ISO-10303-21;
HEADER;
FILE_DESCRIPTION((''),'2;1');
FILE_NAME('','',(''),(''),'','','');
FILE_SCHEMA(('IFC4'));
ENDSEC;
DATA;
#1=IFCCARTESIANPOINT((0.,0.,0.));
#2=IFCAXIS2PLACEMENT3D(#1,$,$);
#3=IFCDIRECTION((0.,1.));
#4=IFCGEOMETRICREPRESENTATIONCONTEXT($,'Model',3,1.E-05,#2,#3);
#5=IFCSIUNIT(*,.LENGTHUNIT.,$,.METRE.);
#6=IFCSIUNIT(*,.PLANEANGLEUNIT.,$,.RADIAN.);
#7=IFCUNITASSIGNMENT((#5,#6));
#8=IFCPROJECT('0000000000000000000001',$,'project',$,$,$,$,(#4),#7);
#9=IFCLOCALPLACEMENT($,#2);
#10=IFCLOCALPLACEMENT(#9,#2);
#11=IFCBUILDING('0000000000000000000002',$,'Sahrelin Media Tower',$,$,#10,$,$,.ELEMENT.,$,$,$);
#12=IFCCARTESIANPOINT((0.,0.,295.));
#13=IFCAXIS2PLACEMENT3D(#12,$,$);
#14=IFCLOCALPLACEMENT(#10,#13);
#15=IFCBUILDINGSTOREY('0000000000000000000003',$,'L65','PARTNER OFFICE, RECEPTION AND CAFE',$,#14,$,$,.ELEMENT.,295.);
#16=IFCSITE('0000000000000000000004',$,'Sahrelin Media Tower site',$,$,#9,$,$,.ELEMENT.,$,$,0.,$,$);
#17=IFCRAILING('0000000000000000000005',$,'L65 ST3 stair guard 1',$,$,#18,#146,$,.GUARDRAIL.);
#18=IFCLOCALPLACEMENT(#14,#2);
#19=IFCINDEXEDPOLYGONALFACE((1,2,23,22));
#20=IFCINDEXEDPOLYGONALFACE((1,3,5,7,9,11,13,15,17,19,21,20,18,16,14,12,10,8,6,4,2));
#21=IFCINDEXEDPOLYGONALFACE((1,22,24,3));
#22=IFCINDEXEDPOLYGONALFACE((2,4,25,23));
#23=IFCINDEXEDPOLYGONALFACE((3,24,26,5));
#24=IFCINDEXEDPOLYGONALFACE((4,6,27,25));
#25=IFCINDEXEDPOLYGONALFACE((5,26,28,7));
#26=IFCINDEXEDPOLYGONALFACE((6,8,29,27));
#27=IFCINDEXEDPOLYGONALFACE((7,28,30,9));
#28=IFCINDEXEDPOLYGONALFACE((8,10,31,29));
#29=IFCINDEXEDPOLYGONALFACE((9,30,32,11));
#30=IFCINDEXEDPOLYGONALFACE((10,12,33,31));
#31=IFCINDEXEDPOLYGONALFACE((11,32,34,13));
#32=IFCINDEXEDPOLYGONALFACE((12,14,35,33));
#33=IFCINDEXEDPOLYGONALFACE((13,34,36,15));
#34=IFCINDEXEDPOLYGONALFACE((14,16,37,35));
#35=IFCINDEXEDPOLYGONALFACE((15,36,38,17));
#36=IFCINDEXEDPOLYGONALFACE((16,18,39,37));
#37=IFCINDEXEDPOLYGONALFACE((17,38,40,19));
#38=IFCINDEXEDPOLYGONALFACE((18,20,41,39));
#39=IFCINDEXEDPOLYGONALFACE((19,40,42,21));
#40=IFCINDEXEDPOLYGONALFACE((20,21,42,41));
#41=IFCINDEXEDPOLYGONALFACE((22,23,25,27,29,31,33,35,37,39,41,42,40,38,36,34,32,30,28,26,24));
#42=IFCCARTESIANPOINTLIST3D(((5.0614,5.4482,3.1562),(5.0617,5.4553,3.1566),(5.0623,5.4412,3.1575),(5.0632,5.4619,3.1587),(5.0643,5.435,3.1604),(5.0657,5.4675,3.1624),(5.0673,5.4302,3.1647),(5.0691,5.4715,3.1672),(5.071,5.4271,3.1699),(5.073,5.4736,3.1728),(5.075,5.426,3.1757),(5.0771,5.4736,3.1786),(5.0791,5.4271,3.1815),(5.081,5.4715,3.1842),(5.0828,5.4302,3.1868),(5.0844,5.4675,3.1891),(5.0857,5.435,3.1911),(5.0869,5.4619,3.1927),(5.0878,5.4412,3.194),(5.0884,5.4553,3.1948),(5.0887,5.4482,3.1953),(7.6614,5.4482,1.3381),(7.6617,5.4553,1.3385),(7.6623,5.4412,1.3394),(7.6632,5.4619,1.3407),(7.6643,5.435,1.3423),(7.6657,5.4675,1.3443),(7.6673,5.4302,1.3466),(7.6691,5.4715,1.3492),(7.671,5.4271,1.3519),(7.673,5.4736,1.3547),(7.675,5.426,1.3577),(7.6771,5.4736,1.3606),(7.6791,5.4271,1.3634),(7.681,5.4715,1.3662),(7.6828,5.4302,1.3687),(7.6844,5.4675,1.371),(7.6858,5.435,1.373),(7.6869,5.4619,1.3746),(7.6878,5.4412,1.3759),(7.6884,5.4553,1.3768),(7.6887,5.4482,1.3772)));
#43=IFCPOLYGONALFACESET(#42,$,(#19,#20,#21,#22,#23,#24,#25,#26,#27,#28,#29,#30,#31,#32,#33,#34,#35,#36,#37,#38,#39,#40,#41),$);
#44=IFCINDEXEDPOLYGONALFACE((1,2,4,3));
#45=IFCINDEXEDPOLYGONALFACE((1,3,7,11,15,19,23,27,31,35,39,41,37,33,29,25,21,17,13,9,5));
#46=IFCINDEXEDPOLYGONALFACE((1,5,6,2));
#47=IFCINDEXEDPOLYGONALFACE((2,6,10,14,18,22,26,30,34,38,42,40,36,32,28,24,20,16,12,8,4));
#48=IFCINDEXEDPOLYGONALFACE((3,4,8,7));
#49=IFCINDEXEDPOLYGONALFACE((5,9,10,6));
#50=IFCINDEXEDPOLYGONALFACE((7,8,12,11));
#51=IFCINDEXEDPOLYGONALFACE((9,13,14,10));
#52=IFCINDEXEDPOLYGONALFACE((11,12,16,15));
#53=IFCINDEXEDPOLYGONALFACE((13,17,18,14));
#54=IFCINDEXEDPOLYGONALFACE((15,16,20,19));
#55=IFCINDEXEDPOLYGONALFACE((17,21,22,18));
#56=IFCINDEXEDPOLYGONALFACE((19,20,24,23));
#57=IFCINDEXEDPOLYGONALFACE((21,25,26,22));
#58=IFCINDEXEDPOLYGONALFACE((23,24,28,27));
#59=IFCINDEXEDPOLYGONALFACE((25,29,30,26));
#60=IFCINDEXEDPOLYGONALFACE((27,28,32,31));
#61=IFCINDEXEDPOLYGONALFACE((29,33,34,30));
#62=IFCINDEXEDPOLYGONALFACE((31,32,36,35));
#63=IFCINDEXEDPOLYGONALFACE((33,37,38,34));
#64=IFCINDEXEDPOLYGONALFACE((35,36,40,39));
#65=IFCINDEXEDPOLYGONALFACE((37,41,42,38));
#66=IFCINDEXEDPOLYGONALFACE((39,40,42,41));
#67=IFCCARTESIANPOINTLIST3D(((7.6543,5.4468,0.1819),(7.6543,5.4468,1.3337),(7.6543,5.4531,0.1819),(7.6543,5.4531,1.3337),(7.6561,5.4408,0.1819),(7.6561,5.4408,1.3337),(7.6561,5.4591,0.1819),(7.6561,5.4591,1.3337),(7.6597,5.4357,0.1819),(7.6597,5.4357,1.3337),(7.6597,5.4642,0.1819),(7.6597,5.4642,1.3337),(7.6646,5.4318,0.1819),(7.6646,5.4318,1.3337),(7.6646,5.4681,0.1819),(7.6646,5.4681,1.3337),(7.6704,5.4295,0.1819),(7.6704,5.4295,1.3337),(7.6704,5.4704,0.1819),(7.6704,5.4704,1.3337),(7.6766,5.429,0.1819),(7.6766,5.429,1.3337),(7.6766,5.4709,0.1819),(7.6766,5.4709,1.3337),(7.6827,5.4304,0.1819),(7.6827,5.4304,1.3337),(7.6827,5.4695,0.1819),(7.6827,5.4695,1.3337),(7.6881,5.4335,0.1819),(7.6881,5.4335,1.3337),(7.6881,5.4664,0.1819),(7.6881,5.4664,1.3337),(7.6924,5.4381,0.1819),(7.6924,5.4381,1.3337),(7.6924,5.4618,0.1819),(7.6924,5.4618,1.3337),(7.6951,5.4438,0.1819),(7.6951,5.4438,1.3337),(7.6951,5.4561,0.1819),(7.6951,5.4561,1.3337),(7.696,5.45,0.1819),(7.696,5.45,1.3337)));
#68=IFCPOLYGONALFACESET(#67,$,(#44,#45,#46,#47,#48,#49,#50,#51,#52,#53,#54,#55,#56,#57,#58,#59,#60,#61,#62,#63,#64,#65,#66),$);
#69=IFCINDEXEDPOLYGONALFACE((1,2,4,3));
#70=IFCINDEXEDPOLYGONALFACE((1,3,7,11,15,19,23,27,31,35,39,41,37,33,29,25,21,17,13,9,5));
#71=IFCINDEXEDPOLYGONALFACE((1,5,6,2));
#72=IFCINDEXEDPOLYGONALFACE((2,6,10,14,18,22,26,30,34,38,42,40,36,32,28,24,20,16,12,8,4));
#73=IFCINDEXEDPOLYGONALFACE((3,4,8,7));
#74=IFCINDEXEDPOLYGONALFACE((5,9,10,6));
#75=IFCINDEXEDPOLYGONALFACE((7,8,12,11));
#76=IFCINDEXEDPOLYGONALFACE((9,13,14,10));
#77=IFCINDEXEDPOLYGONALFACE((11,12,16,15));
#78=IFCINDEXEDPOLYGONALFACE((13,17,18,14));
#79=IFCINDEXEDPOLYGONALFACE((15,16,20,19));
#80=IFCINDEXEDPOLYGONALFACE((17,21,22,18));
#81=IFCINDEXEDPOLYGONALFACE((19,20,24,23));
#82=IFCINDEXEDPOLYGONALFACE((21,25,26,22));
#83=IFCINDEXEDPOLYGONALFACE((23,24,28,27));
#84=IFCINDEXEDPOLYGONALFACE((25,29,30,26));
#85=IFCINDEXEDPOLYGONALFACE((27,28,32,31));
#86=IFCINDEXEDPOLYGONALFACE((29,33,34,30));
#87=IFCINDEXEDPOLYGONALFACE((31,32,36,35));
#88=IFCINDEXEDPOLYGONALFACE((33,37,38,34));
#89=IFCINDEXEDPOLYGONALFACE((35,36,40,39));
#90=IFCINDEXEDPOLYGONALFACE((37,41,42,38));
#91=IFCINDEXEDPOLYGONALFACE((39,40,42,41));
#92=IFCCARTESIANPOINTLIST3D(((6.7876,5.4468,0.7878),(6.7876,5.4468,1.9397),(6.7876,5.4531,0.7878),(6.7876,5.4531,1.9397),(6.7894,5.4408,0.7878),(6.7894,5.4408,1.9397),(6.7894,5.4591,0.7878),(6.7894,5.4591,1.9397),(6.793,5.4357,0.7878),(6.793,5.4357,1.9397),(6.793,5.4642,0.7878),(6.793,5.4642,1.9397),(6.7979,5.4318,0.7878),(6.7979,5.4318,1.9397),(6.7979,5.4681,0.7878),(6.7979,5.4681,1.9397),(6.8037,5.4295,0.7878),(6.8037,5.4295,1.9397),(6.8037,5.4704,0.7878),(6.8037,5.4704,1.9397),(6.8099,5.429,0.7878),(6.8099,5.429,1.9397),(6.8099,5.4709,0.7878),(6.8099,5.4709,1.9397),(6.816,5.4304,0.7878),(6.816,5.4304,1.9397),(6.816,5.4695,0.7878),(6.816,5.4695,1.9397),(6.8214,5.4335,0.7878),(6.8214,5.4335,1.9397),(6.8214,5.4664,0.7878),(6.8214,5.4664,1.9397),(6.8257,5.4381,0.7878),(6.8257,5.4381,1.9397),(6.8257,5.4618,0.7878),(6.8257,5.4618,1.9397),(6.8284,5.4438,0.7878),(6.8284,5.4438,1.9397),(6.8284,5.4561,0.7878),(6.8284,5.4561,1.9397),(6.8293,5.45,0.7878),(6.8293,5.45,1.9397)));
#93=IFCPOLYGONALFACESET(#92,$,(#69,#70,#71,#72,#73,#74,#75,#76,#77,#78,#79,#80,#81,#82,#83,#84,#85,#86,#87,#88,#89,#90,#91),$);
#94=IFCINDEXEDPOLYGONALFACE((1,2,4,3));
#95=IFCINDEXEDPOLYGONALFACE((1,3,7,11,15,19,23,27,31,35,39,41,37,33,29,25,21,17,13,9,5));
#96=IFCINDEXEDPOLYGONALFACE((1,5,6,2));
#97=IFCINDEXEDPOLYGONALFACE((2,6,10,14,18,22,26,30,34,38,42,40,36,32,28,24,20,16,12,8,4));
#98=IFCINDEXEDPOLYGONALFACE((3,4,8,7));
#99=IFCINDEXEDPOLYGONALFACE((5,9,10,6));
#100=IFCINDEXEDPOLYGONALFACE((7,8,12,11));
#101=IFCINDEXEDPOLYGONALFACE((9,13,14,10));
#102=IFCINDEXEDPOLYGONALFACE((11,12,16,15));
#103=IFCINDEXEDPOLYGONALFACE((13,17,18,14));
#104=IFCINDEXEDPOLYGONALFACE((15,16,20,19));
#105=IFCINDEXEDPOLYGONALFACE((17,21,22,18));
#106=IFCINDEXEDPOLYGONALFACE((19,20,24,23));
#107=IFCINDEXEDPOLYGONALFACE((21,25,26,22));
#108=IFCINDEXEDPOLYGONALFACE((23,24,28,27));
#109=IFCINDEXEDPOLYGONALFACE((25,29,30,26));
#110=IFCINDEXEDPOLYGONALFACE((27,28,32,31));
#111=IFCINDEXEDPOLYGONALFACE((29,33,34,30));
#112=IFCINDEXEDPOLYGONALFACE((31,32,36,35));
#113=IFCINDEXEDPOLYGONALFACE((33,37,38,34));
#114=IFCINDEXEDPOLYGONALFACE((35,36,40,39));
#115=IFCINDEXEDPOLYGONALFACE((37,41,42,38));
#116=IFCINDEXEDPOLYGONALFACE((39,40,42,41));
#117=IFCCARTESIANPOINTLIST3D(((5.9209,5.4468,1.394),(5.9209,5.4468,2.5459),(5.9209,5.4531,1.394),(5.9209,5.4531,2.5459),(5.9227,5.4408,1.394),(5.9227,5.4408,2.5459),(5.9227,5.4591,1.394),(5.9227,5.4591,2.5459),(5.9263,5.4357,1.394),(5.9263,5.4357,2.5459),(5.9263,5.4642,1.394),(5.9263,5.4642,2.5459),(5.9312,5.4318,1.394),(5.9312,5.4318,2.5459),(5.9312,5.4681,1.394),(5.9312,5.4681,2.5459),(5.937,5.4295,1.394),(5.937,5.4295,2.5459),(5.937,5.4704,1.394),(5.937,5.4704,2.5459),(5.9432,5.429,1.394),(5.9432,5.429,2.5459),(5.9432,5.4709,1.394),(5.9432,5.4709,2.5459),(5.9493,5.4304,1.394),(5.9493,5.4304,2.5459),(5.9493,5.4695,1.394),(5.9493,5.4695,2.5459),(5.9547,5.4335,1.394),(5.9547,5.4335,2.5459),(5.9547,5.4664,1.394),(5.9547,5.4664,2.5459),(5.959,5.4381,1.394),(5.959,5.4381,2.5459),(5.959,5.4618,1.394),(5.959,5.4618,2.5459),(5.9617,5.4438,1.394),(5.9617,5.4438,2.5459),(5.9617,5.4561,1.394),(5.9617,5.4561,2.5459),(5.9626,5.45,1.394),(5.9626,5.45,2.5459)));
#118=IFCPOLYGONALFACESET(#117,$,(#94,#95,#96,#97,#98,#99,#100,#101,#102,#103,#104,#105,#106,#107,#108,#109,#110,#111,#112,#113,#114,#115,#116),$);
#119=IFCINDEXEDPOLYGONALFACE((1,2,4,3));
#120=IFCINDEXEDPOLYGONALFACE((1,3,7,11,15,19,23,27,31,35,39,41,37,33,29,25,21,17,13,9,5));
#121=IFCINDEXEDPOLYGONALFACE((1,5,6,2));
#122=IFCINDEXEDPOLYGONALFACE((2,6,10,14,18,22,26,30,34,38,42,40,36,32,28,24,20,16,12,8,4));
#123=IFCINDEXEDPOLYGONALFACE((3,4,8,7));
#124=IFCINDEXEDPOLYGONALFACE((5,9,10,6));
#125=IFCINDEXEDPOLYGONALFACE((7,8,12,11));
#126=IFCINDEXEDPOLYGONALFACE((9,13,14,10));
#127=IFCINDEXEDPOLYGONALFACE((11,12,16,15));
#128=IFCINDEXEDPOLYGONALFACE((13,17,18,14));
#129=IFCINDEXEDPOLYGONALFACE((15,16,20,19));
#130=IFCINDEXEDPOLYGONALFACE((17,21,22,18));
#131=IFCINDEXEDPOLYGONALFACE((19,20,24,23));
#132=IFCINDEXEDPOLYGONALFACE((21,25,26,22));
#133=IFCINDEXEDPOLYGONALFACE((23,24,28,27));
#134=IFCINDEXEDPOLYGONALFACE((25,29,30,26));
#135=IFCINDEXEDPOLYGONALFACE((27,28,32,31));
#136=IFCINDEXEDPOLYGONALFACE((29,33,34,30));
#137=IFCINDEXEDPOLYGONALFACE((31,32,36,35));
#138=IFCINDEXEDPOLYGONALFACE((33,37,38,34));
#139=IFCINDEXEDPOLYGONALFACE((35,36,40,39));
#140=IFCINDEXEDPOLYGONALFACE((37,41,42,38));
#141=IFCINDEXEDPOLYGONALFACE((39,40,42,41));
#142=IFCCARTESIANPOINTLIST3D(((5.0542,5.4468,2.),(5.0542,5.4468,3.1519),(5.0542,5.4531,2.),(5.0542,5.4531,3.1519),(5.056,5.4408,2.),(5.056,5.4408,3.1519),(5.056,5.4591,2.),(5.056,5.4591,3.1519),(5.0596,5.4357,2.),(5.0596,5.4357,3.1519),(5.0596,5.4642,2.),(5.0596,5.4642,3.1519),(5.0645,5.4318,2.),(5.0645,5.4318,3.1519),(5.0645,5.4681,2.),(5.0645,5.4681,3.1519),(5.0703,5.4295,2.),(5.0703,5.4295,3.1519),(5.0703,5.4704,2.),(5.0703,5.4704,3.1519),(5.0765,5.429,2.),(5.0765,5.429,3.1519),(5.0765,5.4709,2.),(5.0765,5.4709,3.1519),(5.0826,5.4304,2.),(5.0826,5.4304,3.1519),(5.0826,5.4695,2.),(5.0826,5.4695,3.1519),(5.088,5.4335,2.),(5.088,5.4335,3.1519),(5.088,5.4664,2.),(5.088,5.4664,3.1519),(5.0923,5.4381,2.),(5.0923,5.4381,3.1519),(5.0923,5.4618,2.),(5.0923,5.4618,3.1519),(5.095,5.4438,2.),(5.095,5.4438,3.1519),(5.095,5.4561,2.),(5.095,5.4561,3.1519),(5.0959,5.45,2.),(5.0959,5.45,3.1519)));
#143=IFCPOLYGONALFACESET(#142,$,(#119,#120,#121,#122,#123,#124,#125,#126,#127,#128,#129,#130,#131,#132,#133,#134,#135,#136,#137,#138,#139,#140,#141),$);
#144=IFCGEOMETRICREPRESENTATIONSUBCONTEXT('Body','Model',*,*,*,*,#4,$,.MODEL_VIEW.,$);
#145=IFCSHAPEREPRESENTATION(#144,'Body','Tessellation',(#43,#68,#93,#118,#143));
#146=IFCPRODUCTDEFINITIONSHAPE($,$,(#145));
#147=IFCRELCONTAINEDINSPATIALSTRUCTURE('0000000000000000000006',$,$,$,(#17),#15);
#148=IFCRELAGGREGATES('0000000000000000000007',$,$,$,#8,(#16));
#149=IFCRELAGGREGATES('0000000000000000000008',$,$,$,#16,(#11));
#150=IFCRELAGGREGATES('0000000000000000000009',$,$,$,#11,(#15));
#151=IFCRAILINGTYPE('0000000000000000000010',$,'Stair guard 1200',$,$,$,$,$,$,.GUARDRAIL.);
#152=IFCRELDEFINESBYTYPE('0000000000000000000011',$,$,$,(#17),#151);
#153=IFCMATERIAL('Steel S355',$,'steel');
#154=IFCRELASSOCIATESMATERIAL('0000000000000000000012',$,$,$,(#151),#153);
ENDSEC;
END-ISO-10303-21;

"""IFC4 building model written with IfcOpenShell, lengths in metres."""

from ifc_helpers import new_model, si_unit, direction, frame, origin, origin_2d, place, context, subcontext, project, spatial, circle, extrude, material, type_object, element, save


model = new_model("IFC4")

# Units and contexts
model_context = context("Model", 3, precision=1e-05, world=origin(), true_north=direction((0.0, 1.0)))
body_context = subcontext(model_context, "Body", "Model", "MODEL_VIEW")
ifc_project = project(units=[si_unit("LENGTHUNIT", "METRE"), si_unit("PLANEANGLEUNIT", "RADIAN")], contexts=[model_context])

# Site, building, storey
site_placement = place(None, origin())
site = spatial("IfcSite", under=ifc_project, at=site_placement, Name="Sahrelin Media Tower site", CompositionType="ELEMENT", RefElevation=0.0)
building_placement = place(site_placement, origin())
building = spatial("IfcBuilding", under=site, at=building_placement, Name="Sahrelin Media Tower", CompositionType="ELEMENT")
storey_placement = place(building_placement, frame((0.0, 0.0, 295.0)))
storey = spatial("IfcBuildingStorey", under=building, at=storey_placement, Name="L65", Description="PARTNER OFFICE, RECEPTION AND CAFE", CompositionType="ELEMENT", Elevation=295.0)

# Shared definitions
ifc_material_1 = material(Name="Steel S355", Category="steel")

# Railing
railing_type_1 = type_object("IfcRailingType", Name="Stair guard 1200", PredefinedType="GUARDRAIL", material=ifc_material_1)
railing_1_placement = place(storey_placement, frame((7.675, 5.45, 0.1819)))
element("IfcRailing", 1, at=railing_1_placement, inside=storey, type_object=railing_type_1, Name="L65 ST3 stair guard 1", PredefinedType="GUARDRAIL", context=body_context, shape_type="SweptSolid", body=[
    extrude(circle(Radius=0.0239, at=origin_2d()), frame((0.0, 0.0, 1.1758), z_axis=(-0.819521, 0.0, 0.573049), x_axis=(0.0, -1.0, 0.0)), (0.0, 0.0, 1.0), 3.1726),
    extrude(circle(Radius=0.021, at=origin_2d()), origin(), (0.0, 0.0, 1.0), 1.1519),
    extrude(circle(Radius=0.021, at=origin_2d()), frame((-0.8667, 0.0, 0.606)), (0.0, 0.0, 1.0), 1.1519),
    extrude(circle(Radius=0.021, at=origin_2d()), frame((-1.7334, 0.0, 1.2122)), (0.0, 0.0, 1.0), 1.1519),
    extrude(circle(Radius=0.021, at=origin_2d()), frame((-2.6001, 0.0, 1.8181)), (0.0, 0.0, 1.0), 1.1519),
])

save(model, "model.ifc")
